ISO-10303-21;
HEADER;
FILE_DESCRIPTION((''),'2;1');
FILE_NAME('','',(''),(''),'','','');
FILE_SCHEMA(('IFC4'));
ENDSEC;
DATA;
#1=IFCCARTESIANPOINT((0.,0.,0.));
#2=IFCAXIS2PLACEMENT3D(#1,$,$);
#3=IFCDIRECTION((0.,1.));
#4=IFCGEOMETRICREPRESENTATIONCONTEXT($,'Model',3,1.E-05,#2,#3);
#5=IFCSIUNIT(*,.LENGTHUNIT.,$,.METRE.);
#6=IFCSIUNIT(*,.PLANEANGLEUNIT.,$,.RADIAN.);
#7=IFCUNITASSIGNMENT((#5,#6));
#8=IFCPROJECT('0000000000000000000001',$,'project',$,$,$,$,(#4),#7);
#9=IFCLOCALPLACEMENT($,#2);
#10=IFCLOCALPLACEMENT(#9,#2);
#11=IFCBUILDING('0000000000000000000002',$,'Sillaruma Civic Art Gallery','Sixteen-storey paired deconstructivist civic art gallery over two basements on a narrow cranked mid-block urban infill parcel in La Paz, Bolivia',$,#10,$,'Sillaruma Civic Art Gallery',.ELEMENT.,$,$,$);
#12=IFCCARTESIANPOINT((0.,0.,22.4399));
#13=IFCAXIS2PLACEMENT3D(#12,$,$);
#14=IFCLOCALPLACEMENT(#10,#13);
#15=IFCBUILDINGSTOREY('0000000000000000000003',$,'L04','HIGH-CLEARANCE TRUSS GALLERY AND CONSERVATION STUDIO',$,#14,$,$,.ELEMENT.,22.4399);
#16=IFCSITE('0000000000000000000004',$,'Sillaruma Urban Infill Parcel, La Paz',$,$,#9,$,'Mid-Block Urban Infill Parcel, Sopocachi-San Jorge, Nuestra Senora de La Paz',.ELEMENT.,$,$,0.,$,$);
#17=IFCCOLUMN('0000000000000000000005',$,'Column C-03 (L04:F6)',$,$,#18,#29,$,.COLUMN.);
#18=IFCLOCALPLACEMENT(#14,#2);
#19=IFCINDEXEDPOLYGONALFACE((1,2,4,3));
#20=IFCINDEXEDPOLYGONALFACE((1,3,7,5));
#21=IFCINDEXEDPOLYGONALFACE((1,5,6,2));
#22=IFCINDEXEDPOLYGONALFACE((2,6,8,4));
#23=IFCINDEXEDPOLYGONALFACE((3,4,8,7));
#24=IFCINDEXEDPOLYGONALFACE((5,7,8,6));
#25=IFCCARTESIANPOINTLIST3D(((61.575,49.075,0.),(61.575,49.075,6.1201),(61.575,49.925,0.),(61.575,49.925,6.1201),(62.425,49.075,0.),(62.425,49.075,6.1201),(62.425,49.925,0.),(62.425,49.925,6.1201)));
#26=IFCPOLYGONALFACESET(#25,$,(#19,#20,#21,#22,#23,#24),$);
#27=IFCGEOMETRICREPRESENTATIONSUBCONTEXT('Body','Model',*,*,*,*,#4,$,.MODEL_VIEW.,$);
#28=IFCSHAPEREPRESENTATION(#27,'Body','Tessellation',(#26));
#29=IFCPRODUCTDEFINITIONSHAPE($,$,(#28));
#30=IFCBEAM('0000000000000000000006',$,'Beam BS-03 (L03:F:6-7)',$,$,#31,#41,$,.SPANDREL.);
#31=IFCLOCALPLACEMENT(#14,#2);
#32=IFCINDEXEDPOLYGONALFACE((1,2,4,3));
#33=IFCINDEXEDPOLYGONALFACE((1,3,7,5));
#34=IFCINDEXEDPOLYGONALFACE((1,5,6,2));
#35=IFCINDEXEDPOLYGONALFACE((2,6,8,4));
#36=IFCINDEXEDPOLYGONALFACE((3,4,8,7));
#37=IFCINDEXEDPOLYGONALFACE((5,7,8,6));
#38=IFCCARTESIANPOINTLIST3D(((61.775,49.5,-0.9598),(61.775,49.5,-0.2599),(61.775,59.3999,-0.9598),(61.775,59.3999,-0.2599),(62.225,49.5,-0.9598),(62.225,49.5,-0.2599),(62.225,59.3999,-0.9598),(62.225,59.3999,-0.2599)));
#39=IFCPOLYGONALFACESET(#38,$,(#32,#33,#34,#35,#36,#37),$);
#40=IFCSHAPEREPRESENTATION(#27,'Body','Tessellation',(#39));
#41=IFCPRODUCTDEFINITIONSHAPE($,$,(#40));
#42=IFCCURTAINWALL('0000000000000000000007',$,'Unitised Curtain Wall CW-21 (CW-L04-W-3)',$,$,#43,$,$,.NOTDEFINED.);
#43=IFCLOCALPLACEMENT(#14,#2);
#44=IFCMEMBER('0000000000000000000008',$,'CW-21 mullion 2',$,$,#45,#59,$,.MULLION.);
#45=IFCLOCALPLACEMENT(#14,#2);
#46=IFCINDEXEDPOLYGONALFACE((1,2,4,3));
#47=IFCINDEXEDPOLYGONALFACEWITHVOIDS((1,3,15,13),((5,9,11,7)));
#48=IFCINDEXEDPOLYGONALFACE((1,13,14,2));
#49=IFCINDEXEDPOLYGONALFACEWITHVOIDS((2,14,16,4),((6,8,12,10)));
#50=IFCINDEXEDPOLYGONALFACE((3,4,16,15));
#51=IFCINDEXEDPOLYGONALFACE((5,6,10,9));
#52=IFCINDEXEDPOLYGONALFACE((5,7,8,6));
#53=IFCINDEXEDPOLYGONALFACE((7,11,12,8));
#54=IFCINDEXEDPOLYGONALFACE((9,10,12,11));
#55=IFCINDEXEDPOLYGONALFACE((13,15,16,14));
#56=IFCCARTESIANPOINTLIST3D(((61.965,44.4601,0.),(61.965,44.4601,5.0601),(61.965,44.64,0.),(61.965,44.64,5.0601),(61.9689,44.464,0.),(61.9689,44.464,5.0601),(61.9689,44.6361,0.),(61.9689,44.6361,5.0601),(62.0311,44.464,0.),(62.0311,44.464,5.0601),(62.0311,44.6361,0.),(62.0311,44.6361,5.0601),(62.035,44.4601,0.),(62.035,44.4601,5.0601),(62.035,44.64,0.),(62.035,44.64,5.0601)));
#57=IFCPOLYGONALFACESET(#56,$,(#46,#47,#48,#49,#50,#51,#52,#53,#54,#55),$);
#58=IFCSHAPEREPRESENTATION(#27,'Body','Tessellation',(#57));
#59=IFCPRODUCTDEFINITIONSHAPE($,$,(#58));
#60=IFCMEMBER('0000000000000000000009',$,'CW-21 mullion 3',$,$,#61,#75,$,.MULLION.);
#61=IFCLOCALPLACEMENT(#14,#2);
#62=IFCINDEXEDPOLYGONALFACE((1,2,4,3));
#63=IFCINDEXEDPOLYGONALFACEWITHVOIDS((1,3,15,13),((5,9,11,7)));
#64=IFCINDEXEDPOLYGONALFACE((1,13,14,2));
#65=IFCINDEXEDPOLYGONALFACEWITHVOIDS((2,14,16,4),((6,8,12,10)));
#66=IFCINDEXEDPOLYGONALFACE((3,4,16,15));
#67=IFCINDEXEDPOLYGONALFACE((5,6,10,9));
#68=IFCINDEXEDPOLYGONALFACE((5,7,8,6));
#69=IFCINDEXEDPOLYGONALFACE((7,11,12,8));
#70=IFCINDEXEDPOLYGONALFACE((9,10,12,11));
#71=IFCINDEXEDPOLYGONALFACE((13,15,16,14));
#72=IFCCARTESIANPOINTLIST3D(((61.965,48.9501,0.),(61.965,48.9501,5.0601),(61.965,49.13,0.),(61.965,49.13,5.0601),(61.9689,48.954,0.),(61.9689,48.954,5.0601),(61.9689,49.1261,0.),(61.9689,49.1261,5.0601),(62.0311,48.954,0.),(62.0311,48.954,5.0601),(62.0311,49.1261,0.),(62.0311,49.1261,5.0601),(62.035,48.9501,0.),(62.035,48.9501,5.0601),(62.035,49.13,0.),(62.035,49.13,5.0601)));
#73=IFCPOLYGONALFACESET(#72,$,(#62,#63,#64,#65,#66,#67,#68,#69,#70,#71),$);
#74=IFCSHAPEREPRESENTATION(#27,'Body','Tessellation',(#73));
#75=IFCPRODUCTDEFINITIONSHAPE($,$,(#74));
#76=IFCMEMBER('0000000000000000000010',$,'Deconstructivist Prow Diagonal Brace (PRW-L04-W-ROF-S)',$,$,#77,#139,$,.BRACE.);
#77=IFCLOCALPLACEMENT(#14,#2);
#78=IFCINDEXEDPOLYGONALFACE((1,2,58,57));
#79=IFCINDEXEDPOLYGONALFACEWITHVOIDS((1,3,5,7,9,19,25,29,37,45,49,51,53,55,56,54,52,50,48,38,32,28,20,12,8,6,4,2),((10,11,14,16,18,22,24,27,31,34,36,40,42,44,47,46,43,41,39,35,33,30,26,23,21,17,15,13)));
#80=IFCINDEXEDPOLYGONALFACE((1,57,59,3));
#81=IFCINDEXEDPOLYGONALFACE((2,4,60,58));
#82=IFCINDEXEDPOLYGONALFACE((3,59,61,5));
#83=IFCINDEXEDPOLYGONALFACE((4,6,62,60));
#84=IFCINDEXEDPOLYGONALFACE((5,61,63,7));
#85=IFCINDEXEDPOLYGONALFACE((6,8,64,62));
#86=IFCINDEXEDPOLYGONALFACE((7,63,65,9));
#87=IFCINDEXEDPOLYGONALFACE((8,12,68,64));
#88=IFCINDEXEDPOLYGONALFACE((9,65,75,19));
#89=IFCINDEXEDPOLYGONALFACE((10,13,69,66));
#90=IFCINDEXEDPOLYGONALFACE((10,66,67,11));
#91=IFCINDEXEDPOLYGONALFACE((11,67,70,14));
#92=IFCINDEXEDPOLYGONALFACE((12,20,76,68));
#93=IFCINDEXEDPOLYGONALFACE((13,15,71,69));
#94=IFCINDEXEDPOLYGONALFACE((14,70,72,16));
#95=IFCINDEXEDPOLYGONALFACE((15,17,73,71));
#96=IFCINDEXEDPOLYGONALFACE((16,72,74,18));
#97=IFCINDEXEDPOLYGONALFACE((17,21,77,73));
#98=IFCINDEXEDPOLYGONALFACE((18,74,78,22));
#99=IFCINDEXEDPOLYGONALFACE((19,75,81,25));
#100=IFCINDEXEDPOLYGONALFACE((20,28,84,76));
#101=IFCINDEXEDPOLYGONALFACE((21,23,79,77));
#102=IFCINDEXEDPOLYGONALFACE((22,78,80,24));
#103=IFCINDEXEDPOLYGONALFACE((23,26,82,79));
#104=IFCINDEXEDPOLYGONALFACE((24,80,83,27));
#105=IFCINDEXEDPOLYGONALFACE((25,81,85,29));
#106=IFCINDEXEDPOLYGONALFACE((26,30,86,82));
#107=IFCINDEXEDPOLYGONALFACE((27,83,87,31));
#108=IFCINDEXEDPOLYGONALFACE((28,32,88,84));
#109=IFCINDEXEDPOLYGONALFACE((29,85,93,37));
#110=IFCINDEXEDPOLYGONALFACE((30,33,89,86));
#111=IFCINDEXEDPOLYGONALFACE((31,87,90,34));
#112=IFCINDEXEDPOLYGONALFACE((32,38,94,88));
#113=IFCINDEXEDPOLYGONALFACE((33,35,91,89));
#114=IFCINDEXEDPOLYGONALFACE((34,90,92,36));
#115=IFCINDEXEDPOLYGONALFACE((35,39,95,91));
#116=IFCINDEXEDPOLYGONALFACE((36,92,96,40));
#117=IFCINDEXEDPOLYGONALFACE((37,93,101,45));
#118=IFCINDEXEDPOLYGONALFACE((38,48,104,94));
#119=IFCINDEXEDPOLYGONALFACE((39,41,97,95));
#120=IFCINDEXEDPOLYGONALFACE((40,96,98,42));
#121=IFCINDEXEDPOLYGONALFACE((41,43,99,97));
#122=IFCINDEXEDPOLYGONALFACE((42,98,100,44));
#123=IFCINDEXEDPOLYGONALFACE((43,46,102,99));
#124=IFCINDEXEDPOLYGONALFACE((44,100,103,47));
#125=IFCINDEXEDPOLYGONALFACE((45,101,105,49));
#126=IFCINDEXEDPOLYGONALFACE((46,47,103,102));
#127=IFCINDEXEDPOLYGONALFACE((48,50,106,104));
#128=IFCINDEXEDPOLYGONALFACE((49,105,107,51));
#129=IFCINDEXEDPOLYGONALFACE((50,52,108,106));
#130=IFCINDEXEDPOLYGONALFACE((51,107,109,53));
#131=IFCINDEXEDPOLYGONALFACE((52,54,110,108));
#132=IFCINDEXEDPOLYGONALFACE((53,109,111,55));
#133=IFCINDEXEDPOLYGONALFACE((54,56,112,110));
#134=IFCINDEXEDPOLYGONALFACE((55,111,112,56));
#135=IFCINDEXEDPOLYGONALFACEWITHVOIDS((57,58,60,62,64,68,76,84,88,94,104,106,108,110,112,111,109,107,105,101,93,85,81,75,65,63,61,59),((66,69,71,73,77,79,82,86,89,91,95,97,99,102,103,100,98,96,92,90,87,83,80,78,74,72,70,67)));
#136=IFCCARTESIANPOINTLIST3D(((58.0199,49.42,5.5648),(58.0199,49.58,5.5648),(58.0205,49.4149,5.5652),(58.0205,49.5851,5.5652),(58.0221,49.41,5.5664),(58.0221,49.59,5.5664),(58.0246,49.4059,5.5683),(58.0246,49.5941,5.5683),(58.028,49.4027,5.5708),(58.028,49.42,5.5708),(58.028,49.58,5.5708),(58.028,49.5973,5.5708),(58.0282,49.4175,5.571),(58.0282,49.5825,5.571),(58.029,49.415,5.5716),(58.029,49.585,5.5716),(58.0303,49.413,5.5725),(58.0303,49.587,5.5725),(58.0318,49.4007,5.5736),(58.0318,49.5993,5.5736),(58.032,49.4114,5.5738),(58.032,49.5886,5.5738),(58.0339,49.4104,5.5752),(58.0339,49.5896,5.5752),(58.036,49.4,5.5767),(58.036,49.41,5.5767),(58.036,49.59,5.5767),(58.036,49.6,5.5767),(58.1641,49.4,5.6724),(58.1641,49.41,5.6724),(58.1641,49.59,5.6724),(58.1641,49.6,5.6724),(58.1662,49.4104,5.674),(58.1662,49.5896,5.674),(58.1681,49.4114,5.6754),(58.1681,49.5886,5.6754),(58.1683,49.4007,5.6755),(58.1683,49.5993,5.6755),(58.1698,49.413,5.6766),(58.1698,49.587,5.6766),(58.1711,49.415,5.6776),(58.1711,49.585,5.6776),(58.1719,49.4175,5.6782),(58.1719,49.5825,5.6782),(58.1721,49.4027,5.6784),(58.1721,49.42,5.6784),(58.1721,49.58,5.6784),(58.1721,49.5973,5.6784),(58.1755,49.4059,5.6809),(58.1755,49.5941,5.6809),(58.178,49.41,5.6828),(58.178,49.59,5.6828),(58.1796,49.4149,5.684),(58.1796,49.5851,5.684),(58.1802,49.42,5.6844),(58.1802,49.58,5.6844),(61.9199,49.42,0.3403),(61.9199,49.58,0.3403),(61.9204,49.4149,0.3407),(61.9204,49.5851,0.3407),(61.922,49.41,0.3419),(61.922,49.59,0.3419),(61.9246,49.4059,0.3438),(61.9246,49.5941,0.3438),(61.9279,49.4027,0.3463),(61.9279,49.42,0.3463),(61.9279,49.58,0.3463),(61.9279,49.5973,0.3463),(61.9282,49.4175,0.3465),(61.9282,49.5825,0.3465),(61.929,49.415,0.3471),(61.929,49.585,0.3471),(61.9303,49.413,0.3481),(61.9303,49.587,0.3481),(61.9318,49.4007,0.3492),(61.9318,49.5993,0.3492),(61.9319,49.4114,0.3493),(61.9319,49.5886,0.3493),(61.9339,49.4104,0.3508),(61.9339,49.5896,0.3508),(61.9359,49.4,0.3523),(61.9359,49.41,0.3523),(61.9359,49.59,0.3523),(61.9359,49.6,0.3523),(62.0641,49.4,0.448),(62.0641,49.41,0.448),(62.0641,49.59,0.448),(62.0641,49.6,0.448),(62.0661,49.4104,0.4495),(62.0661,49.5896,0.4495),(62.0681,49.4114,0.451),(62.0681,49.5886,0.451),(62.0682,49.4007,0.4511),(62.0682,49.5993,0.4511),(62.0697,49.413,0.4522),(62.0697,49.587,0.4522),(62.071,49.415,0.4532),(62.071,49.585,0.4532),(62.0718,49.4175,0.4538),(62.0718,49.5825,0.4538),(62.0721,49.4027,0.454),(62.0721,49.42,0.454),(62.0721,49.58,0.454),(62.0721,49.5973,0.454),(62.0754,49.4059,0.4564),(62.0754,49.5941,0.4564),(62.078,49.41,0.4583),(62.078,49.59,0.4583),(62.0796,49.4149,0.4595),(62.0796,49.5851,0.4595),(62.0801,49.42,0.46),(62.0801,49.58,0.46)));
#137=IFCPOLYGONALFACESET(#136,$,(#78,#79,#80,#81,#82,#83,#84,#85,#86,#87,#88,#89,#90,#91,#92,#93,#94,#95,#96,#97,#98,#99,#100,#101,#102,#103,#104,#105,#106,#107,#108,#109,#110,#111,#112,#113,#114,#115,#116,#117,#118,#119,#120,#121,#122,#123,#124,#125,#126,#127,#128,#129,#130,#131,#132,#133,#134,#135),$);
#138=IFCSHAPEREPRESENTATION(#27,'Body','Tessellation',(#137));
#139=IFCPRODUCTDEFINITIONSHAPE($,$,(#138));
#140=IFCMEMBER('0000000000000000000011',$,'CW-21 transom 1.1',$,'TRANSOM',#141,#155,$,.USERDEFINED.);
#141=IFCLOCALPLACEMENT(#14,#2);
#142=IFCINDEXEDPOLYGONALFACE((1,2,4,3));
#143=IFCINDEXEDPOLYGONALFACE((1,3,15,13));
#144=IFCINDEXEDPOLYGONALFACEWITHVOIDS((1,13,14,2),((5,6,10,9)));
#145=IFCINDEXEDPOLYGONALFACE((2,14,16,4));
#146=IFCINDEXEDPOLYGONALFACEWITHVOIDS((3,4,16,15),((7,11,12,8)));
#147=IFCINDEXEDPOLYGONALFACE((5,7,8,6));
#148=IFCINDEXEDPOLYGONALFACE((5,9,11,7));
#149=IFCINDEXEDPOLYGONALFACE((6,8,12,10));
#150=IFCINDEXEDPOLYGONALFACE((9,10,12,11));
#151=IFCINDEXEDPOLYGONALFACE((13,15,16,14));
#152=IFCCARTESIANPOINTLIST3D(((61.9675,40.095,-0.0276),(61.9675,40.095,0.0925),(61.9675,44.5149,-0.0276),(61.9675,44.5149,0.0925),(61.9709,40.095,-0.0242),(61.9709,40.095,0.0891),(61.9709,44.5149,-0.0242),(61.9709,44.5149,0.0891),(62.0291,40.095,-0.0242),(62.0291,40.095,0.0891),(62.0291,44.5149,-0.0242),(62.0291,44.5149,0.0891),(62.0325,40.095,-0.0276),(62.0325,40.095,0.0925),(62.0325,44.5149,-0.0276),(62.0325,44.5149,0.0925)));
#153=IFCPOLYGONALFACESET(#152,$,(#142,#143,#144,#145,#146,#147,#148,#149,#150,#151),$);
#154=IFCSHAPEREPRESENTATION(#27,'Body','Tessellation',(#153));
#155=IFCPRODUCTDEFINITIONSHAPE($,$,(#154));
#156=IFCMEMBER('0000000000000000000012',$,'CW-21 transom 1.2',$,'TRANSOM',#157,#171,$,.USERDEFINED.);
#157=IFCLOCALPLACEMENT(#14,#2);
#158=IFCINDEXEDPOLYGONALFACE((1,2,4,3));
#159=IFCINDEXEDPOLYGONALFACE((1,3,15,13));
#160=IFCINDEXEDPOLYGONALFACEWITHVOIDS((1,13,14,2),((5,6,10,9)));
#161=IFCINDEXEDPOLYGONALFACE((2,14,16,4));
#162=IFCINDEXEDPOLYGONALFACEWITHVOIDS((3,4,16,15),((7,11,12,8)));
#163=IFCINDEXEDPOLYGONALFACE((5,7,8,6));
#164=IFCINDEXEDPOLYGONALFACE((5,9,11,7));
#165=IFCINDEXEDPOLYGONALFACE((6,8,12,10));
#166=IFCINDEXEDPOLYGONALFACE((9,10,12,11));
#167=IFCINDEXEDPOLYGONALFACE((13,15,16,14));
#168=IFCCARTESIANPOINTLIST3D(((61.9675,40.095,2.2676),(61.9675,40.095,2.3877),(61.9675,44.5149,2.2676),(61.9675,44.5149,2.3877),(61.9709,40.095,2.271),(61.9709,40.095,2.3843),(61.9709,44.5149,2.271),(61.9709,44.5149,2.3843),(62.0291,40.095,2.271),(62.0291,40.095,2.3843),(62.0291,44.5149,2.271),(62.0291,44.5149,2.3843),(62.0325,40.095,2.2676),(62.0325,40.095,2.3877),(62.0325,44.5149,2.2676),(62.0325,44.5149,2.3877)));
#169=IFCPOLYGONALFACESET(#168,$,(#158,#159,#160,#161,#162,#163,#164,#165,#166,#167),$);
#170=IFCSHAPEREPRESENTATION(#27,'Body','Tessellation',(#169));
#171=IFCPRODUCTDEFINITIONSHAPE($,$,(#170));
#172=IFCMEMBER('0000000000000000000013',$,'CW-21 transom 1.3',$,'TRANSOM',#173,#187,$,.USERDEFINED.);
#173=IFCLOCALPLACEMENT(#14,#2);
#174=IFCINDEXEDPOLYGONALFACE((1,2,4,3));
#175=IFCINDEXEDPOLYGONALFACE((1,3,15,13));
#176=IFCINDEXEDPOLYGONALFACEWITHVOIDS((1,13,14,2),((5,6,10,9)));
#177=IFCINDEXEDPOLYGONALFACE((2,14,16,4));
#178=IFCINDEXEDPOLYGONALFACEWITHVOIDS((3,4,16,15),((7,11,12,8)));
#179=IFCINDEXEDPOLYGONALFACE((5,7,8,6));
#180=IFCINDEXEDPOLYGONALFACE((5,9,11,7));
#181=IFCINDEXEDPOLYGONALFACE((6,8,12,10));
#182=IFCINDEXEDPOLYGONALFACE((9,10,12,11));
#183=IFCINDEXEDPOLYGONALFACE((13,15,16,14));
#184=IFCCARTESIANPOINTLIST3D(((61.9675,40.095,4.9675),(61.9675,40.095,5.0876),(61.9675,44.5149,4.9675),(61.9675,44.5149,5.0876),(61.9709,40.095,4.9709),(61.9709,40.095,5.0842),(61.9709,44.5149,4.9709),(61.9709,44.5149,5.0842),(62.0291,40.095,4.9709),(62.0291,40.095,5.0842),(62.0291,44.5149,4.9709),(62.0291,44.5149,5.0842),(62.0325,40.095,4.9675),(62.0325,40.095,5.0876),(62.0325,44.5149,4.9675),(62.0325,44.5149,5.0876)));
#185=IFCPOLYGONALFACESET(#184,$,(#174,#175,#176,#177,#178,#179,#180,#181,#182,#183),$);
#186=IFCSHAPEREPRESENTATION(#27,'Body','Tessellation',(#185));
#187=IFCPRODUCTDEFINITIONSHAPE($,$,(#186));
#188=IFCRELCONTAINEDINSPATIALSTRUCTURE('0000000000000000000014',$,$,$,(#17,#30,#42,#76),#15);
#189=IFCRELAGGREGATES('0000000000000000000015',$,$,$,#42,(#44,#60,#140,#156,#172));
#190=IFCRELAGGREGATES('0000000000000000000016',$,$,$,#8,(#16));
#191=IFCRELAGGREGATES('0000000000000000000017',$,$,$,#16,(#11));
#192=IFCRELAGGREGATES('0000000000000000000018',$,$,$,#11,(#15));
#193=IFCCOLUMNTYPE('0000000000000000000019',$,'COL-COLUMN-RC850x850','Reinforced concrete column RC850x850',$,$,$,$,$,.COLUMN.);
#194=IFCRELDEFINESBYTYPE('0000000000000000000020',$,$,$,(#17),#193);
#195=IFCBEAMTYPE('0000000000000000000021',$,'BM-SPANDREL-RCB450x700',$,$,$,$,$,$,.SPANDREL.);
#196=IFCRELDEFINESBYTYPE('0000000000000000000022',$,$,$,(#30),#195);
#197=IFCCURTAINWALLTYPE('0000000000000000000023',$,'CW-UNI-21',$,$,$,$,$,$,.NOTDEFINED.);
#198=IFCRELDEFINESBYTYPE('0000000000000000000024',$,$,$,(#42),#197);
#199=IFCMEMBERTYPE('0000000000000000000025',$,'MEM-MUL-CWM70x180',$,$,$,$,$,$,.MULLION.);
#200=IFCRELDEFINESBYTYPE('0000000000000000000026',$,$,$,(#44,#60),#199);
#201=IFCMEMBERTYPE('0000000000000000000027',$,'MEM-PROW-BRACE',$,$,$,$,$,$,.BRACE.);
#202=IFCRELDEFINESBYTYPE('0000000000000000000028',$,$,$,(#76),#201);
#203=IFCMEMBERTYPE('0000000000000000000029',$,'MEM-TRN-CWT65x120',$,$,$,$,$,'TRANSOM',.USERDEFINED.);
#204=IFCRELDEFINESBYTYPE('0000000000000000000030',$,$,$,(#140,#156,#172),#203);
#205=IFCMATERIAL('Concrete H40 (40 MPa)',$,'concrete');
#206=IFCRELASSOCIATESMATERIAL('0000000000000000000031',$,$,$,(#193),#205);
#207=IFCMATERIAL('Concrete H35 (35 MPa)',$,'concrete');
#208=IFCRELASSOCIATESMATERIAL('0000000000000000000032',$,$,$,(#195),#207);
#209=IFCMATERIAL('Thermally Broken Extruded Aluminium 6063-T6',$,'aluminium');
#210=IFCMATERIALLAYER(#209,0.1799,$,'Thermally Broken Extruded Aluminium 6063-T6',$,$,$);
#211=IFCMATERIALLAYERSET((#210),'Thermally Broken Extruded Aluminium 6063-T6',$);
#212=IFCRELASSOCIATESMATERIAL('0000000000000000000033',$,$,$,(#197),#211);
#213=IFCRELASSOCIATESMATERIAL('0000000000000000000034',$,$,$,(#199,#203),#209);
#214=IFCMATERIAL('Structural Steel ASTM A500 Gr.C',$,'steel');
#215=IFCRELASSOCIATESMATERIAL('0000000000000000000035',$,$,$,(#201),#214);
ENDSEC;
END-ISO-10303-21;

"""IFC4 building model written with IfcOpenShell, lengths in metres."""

from ifc_helpers import new_model, si_unit, direction, frame, origin, origin_2d, place, context, subcontext, project, spatial, rectangle, hollow_rectangle, extrude, material, layer, layer_set, material_profile, profile_set, type_object, element, aggregate, save


model = new_model("IFC4")

# Units and contexts
model_context = context("Model", 3, precision=1e-05, world=origin(), true_north=direction((0.0, 1.0)))
body_context = subcontext(model_context, "Body", "Model", "MODEL_VIEW")
ifc_project = project(units=[si_unit("LENGTHUNIT", "METRE"), si_unit("PLANEANGLEUNIT", "RADIAN")], contexts=[model_context])

# Site, building, storey
site_placement = place(None, origin())
site = spatial("IfcSite", under=ifc_project, at=site_placement, Name="Sillaruma Urban Infill Parcel, La Paz", LongName="Mid-Block Urban Infill Parcel, Sopocachi-San Jorge, Nuestra Senora de La Paz", CompositionType="ELEMENT", RefElevation=0.0)
building_placement = place(site_placement, origin())
building = spatial("IfcBuilding", under=site, at=building_placement, Name="Sillaruma Civic Art Gallery", Description="Sixteen-storey paired deconstructivist civic art gallery over two basements on a narrow cranked mid-block urban infill parcel in La Paz, Bolivia", LongName="Sillaruma Civic Art Gallery", CompositionType="ELEMENT")
storey_placement = place(building_placement, frame((0.0, 0.0, 22.4399)))
storey = spatial("IfcBuildingStorey", under=building, at=storey_placement, Name="L04", Description="HIGH-CLEARANCE TRUSS GALLERY AND CONSERVATION STUDIO", CompositionType="ELEMENT", Elevation=22.4399)

# Column
ifc_material_1 = material(Name="Concrete H40 (40 MPa)", Category="concrete")
ifc_material_profile_1 = material_profile(ifc_material_1, rectangle(XDim=0.8501, YDim=0.8501, at=origin_2d()), Name="RC850x850")
ifc_profile_set_1 = profile_set([ifc_material_profile_1], Name="Concrete H40 (40 MPa)")
column_type = type_object("IfcColumnType", Name="COL-COLUMN-RC850x850", Description="Reinforced concrete column RC850x850", PredefinedType="COLUMN", material=ifc_profile_set_1)
column_placement = place(storey_placement, frame((62.0, 49.5, 0.0), z_axis=(0.0, 0.0, 1.0), x_axis=(1.0, 0.0, 0.0)))
element("IfcColumn", 1, at=column_placement, inside=storey, type_object=column_type, Name="Column C-03 (L04:F6)", PredefinedType="COLUMN", context=body_context, shape_type="SweptSolid", body=[
    extrude(rectangle(XDim=0.8501, YDim=0.8501, at=origin_2d()), origin(), (0.0, 0.0, 1.0), 6.1201),
])

# Beam
ifc_material_2 = material(Name="Concrete H35 (35 MPa)", Category="concrete")
ifc_material_profile_2 = material_profile(ifc_material_2, rectangle(XDim=0.45, YDim=0.7, at=origin_2d()), Name="RCB450x700")
ifc_profile_set_2 = profile_set([ifc_material_profile_2], Name="Concrete H35 (35 MPa)")
beam_type = type_object("IfcBeamType", Name="BM-SPANDREL-RCB450x700", PredefinedType="SPANDREL", material=ifc_profile_set_2)
beam_placement = place(storey_placement, frame((62.0, 49.5, -0.6099), z_axis=(0.0, 1.0, 0.0), x_axis=(-1.0, 0.0, 0.0)))
element("IfcBeam", 2, at=beam_placement, inside=storey, type_object=beam_type, Name="Beam BS-03 (L03:F:6-7)", PredefinedType="SPANDREL", context=body_context, shape_type="SweptSolid", body=[
    extrude(rectangle(XDim=0.45, YDim=0.7, at=origin_2d()), origin(), (0.0, 0.0, 1.0), 9.8999),
])

# Curtain wall, members
ifc_material_3 = material(Name="Thermally Broken Extruded Aluminium 6063-T6", Category="aluminium")
ifc_layer_1 = layer(ifc_material_3, 0.1799, Name="Thermally Broken Extruded Aluminium 6063-T6")
ifc_layer_set_1 = layer_set([ifc_layer_1], Name="Thermally Broken Extruded Aluminium 6063-T6")
curtain_wall_type = type_object("IfcCurtainWallType", Name="CW-UNI-21", PredefinedType="NOTDEFINED", material=ifc_layer_set_1)
curtain_wall_placement = place(storey_placement, origin())
curtain_wall = element("IfcCurtainWall", 3, at=curtain_wall_placement, inside=storey, type_object=curtain_wall_type, Name="Unitised Curtain Wall CW-21 (CW-L04-W-3)", PredefinedType="NOTDEFINED")
ifc_material_profile_3 = material_profile(ifc_material_3, hollow_rectangle(XDim=0.0701, YDim=0.1799, WallThickness=0.0039, at=origin_2d()), Name="CWM70x180")
ifc_profile_set_3 = profile_set([ifc_material_profile_3], Name="Thermally Broken Extruded Aluminium 6063-T6")
member_type_1 = type_object("IfcMemberType", Name="MEM-MUL-CWM70x180", PredefinedType="MULLION", material=ifc_profile_set_3)
member_1_placement = place(storey_placement, frame((62.0, 44.55, 0.0), z_axis=(0.0, 0.0, 1.0), x_axis=(-1.0, 0.0, 0.0)))
member_1 = element("IfcMember", 4, at=member_1_placement, type_object=member_type_1, Name="CW-21 mullion 2", PredefinedType="MULLION", context=body_context, shape_type="SweptSolid", body=[
    extrude(hollow_rectangle(XDim=0.0701, YDim=0.1799, WallThickness=0.0039, at=origin_2d()), origin(), (0.0, 0.0, 1.0), 5.0601),
])
member_2_placement = place(storey_placement, frame((62.0, 49.04, 0.0), z_axis=(0.0, 0.0, 1.0), x_axis=(-1.0, 0.0, 0.0)))
member_2 = element("IfcMember", 5, at=member_2_placement, type_object=member_type_1, Name="CW-21 mullion 3", PredefinedType="MULLION", context=body_context, shape_type="SweptSolid", body=[
    extrude(hollow_rectangle(XDim=0.0701, YDim=0.1799, WallThickness=0.0039, at=origin_2d()), origin(), (0.0, 0.0, 1.0), 5.0601),
])

# Members
ifc_material_4 = material(Name="Structural Steel ASTM A500 Gr.C", Category="steel")
ifc_material_profile_4 = material_profile(ifc_material_4, hollow_rectangle(XDim=0.2, YDim=0.2, WallThickness=0.01, InnerFilletRadius=0.01, OuterFilletRadius=0.02, at=origin_2d()), Name="HSS200x200x10")
ifc_profile_set_4 = profile_set([ifc_material_profile_4], Name="Structural Steel ASTM A500 Gr.C")
member_type_2 = type_object("IfcMemberType", Name="MEM-PROW-BRACE", PredefinedType="BRACE", material=ifc_profile_set_4)
member_3_placement = place(storey_placement, frame((62.0, 49.5, 0.4001), z_axis=(-0.598195, 0.0, 0.801351), x_axis=(0.0, -1.0, 0.0)))
element("IfcMember", 6, at=member_3_placement, inside=storey, type_object=member_type_2, Name="Deconstructivist Prow Diagonal Brace (PRW-L04-W-ROF-S)", PredefinedType="BRACE", context=body_context, shape_type="SweptSolid", body=[
    extrude(hollow_rectangle(XDim=0.2, YDim=0.2, WallThickness=0.01, InnerFilletRadius=0.01, OuterFilletRadius=0.02, at=origin_2d()), origin(), (0.0, 0.0, 1.0), 6.5195),
])
ifc_material_profile_5 = material_profile(ifc_material_3, hollow_rectangle(XDim=0.0649, YDim=0.1201, WallThickness=0.0034, at=origin_2d()), Name="CWT65x120")
ifc_profile_set_5 = profile_set([ifc_material_profile_5], Name="Thermally Broken Extruded Aluminium 6063-T6")
member_type_3 = type_object("IfcMemberType", Name="MEM-TRN-CWT65x120", ElementType="TRANSOM", PredefinedType="USERDEFINED", material=ifc_profile_set_5)
member_4_placement = place(storey_placement, frame((62.0, 40.095, 0.0325), z_axis=(0.0, 1.0, 0.0), x_axis=(-1.0, 0.0, 0.0)))
member_4 = element("IfcMember", 7, at=member_4_placement, type_object=member_type_3, Name="CW-21 transom 1.1", ObjectType="TRANSOM", PredefinedType="USERDEFINED", context=body_context, shape_type="SweptSolid", body=[
    extrude(hollow_rectangle(XDim=0.0649, YDim=0.1201, WallThickness=0.0034, at=origin_2d()), origin(), (0.0, 0.0, 1.0), 4.4199),
])
member_5_placement = place(storey_placement, frame((62.0, 40.095, 2.3276), z_axis=(0.0, 1.0, 0.0), x_axis=(-1.0, 0.0, 0.0)))
member_5 = element("IfcMember", 8, at=member_5_placement, type_object=member_type_3, Name="CW-21 transom 1.2", ObjectType="TRANSOM", PredefinedType="USERDEFINED", context=body_context, shape_type="SweptSolid", body=[
    extrude(hollow_rectangle(XDim=0.0649, YDim=0.1201, WallThickness=0.0034, at=origin_2d()), origin(), (0.0, 0.0, 1.0), 4.4199),
])
member_6_placement = place(storey_placement, frame((62.0, 40.095, 5.0276), z_axis=(0.0, 1.0, 0.0), x_axis=(-1.0, 0.0, 0.0)))
member_6 = element("IfcMember", 9, at=member_6_placement, type_object=member_type_3, Name="CW-21 transom 1.3", ObjectType="TRANSOM", PredefinedType="USERDEFINED", context=body_context, shape_type="SweptSolid", body=[
    extrude(hollow_rectangle(XDim=0.0649, YDim=0.1201, WallThickness=0.0034, at=origin_2d()), origin(), (0.0, 0.0, 1.0), 4.4199),
])

aggregate(curtain_wall, [member_1, member_2, member_4, member_5, member_6])

save(model, "model.ifc")
